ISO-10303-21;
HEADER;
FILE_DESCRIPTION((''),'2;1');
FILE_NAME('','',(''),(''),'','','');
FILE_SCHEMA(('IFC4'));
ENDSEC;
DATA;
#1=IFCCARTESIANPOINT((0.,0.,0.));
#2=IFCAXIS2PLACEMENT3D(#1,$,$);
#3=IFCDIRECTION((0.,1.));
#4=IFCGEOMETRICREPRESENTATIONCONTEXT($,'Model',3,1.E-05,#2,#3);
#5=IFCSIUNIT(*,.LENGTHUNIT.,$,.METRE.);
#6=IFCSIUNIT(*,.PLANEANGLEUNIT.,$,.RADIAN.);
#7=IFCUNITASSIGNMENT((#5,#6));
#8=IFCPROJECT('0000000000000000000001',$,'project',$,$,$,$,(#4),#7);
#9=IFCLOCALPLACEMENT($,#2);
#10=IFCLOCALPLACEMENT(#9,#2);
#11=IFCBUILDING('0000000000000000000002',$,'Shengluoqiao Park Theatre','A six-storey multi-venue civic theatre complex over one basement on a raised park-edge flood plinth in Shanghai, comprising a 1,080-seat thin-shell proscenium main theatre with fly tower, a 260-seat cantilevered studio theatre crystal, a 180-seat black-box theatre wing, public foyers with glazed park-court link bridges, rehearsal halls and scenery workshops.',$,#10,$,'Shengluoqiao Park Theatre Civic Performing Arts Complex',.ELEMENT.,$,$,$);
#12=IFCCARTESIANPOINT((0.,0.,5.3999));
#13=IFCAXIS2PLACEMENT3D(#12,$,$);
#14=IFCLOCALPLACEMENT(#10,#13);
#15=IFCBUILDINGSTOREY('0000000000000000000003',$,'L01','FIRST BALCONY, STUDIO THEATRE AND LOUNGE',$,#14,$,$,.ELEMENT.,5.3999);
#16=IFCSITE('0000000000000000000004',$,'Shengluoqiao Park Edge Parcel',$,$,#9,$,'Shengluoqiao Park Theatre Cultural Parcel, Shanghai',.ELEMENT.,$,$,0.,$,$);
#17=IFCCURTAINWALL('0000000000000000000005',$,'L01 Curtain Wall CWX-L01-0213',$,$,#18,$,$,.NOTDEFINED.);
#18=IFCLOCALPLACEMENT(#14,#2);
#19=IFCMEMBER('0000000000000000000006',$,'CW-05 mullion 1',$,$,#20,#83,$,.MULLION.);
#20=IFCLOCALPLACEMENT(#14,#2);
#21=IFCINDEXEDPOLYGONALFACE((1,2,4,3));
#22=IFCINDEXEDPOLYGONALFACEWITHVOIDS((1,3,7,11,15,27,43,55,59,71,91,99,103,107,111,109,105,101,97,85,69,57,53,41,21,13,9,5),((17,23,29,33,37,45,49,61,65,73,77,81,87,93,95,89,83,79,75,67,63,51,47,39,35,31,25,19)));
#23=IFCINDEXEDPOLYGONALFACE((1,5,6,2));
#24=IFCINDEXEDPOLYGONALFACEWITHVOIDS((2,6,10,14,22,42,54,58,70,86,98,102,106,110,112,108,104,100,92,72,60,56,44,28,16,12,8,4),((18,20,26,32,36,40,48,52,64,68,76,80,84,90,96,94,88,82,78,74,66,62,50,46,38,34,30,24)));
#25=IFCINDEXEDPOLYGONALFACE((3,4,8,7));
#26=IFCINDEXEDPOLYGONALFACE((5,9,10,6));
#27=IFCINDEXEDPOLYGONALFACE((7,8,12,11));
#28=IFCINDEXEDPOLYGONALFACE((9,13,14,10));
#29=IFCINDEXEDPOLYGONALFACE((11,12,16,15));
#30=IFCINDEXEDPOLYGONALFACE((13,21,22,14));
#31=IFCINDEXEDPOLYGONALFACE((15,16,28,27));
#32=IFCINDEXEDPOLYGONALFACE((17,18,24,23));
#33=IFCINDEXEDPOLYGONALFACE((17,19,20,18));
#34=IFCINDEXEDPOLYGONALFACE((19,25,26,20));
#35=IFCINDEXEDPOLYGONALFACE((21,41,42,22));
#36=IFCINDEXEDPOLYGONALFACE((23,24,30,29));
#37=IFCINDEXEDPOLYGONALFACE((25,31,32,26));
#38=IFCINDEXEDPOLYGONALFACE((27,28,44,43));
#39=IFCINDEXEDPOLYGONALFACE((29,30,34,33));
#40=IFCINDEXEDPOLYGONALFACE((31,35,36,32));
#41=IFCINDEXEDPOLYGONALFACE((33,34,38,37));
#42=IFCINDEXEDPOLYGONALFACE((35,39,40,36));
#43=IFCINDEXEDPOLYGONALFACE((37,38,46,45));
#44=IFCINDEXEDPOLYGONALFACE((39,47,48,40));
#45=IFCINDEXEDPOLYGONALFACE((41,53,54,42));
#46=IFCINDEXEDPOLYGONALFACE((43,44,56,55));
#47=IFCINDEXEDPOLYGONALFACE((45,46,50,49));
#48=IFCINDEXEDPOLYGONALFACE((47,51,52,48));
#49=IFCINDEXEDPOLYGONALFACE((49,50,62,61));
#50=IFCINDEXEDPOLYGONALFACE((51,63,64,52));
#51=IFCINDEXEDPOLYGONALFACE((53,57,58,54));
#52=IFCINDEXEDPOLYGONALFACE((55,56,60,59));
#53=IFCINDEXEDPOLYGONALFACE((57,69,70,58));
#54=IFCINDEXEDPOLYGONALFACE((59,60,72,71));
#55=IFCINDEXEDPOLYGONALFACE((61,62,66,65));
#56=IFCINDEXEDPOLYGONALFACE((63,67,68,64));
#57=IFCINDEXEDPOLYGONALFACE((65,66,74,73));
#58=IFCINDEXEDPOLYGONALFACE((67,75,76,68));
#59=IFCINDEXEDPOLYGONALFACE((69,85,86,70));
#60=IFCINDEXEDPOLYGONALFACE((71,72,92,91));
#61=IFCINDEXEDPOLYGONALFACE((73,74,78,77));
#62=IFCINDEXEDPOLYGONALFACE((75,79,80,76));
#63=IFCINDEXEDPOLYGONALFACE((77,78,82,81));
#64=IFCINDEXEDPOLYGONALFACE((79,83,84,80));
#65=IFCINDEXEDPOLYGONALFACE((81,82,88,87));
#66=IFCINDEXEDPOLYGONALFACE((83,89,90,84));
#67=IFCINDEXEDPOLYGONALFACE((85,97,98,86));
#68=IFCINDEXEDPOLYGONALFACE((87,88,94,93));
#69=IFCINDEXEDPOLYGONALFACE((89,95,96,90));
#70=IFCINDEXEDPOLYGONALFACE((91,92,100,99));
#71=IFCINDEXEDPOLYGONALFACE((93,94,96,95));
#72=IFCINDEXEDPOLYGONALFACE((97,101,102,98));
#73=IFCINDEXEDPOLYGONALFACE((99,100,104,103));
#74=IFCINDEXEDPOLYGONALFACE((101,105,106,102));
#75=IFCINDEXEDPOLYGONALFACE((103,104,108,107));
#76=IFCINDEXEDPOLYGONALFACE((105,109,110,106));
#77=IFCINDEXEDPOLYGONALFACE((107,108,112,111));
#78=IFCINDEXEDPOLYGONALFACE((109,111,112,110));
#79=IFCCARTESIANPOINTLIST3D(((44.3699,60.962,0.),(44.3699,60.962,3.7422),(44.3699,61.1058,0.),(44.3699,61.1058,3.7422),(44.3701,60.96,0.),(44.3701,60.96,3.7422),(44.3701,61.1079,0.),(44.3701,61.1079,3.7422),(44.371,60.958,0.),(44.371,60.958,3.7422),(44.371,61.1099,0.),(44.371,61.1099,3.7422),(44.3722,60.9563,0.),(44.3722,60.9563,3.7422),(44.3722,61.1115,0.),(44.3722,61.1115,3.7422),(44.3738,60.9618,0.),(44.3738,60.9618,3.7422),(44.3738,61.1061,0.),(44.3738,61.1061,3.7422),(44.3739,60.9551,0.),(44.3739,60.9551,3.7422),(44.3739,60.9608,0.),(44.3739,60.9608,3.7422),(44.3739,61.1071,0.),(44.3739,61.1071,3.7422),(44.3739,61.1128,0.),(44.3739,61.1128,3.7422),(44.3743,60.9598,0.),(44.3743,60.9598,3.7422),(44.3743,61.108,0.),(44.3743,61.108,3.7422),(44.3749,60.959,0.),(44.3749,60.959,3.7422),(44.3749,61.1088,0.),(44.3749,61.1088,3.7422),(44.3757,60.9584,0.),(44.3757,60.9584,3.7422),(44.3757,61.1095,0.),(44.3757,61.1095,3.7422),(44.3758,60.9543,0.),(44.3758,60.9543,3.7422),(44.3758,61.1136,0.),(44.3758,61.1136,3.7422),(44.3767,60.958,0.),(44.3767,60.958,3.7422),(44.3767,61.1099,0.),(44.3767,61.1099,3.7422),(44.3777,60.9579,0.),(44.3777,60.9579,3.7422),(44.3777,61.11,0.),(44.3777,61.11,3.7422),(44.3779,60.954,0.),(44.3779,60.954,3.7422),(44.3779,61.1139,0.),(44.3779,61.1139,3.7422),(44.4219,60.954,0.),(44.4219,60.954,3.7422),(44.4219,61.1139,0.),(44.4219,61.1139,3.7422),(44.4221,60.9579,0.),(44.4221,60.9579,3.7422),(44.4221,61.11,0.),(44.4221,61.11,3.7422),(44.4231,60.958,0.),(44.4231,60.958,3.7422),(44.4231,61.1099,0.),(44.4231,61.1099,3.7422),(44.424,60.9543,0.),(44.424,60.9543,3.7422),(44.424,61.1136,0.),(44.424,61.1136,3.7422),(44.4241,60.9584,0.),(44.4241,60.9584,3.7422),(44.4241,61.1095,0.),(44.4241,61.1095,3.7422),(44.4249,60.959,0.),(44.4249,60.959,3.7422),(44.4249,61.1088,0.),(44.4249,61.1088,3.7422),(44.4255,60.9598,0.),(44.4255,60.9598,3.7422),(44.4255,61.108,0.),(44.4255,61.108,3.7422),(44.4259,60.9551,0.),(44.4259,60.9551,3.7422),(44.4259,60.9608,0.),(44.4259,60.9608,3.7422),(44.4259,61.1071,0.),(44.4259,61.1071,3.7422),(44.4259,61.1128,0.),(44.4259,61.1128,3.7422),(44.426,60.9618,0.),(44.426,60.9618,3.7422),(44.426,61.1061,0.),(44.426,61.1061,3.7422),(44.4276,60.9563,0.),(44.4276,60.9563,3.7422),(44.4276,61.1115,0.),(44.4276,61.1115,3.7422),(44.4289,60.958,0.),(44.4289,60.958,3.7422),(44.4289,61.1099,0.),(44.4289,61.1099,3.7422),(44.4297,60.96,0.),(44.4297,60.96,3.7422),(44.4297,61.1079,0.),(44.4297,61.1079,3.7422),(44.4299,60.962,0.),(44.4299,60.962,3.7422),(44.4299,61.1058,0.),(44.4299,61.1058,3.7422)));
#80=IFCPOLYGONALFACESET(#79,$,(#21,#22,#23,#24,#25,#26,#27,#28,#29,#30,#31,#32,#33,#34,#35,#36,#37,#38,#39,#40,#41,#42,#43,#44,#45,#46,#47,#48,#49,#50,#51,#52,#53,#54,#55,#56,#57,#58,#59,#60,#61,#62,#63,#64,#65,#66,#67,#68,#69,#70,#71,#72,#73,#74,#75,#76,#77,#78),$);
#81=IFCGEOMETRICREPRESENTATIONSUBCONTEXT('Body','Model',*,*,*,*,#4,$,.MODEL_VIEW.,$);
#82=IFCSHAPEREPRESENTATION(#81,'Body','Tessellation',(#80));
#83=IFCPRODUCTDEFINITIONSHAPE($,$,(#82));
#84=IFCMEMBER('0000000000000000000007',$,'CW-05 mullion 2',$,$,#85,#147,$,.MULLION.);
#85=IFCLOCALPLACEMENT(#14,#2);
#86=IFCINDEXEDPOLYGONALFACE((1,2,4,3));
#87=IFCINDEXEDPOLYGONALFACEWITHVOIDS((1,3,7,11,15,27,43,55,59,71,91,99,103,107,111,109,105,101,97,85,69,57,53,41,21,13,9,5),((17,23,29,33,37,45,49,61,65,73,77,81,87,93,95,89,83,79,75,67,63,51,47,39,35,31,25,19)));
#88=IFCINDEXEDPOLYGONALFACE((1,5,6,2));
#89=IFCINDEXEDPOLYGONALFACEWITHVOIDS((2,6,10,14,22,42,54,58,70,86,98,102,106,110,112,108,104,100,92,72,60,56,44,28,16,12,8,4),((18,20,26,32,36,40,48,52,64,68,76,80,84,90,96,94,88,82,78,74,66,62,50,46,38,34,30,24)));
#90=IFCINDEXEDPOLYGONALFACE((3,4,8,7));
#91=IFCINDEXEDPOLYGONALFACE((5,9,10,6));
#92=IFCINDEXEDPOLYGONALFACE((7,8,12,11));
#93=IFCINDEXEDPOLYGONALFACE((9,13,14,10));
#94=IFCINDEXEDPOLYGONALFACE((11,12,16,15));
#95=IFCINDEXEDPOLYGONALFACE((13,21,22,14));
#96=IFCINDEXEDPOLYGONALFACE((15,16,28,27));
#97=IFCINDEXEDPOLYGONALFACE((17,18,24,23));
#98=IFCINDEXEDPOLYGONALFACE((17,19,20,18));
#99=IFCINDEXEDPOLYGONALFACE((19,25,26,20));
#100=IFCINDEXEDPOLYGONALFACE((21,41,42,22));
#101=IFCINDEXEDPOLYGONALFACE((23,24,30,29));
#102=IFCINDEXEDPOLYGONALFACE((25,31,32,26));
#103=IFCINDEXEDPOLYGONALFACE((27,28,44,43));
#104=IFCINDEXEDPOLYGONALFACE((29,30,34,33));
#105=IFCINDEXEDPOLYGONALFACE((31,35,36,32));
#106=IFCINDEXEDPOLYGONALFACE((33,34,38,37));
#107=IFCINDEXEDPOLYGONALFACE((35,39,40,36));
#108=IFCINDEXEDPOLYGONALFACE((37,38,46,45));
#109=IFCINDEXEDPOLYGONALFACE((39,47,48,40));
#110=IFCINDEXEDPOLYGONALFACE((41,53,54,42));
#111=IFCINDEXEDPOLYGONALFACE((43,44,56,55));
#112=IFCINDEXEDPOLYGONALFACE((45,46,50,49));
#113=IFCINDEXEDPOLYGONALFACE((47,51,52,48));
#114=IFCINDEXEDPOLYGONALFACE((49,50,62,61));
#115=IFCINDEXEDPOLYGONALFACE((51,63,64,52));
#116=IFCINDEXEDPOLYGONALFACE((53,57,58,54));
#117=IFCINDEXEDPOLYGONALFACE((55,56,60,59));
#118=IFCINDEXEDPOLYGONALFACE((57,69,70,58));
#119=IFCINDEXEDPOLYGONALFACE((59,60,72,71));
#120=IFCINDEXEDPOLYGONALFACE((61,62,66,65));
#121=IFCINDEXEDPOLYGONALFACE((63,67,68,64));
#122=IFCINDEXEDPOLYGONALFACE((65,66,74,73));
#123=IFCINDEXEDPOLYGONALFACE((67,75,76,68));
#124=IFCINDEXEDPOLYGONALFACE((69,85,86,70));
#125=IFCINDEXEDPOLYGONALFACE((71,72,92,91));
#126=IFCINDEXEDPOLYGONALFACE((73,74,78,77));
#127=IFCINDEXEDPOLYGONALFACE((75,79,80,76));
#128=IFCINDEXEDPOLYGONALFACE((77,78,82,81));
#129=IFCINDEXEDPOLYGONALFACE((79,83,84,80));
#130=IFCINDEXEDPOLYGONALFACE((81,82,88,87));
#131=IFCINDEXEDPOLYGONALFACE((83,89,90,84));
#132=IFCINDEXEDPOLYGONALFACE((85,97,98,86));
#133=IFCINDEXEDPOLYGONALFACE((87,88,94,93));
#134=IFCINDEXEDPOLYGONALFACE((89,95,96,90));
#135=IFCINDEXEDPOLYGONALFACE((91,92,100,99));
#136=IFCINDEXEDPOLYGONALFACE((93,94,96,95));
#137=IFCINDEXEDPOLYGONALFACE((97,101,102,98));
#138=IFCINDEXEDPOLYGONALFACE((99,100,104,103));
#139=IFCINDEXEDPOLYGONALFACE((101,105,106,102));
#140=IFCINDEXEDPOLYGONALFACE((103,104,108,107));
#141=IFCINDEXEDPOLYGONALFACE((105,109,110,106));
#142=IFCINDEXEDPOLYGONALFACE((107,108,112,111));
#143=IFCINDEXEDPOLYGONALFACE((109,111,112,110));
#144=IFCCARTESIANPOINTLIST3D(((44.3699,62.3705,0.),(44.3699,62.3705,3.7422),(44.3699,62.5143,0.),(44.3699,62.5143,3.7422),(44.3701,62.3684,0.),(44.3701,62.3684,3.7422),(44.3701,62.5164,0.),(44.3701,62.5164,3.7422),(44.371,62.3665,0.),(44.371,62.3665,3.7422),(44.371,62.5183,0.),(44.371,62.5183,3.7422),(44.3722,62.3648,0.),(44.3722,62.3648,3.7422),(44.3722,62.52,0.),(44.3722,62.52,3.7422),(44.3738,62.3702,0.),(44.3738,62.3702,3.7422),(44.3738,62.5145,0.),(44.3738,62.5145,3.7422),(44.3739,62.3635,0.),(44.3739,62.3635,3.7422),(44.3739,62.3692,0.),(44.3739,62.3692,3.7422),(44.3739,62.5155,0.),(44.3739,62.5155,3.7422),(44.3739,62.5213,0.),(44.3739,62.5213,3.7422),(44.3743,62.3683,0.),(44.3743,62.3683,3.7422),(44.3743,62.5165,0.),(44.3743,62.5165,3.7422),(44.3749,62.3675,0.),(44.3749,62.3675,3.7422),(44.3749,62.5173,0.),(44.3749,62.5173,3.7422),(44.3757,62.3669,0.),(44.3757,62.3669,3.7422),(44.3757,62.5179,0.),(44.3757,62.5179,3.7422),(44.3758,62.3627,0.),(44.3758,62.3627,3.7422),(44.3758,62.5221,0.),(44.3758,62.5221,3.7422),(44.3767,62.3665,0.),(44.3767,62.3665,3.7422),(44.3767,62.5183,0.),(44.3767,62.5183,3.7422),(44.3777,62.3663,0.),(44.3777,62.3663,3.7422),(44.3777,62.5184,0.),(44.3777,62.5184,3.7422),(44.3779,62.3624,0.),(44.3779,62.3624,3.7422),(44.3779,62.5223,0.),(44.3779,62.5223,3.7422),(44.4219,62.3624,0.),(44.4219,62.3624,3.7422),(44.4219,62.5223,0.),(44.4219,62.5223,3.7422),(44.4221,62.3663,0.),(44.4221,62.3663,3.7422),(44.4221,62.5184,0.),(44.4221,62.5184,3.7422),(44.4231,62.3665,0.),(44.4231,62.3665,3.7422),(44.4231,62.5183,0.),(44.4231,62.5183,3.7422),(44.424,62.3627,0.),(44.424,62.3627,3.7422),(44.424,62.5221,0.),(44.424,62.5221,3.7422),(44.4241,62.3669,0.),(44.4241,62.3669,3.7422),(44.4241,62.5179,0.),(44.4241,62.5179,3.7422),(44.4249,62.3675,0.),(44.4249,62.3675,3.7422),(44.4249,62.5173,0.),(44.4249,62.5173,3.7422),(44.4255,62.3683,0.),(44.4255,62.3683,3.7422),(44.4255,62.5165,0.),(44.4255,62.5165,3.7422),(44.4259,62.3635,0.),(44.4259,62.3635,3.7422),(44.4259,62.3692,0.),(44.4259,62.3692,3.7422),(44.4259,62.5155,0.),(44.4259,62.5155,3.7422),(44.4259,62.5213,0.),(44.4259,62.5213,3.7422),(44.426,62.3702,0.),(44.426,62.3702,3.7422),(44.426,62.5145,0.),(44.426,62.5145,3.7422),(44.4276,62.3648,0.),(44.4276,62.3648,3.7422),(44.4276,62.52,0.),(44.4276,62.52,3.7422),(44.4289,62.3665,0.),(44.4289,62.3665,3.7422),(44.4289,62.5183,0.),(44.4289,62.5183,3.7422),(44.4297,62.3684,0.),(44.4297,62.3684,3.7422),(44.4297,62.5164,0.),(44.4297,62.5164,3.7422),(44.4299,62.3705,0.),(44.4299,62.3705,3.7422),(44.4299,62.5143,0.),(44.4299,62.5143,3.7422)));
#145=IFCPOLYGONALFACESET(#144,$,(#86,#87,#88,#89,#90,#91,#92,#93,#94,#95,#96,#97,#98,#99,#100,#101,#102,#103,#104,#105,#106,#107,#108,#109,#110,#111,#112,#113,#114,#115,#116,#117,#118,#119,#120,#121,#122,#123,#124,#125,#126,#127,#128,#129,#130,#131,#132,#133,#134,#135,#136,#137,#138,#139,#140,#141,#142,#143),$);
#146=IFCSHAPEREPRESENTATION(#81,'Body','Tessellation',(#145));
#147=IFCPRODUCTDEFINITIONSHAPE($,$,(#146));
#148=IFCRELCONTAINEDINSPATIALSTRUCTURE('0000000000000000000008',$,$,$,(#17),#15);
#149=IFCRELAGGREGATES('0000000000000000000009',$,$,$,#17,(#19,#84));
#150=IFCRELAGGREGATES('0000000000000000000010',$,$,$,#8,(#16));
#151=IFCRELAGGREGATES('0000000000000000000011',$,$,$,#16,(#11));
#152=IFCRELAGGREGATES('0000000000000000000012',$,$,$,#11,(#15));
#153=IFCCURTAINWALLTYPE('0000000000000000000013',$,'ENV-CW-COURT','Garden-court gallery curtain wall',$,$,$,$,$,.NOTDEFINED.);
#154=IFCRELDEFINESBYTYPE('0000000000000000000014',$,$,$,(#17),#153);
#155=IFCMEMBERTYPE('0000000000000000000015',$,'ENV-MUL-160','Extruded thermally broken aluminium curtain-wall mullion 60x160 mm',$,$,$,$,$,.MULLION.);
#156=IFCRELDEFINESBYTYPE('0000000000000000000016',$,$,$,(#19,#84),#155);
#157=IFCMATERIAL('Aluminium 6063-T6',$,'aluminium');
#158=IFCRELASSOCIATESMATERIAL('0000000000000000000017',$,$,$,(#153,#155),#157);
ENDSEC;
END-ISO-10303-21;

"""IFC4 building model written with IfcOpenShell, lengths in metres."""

from ifc_helpers import new_model, si_unit, direction, frame, origin, origin_2d, place, context, subcontext, project, spatial, hollow_rectangle, extrude, material, material_profile, profile_set, type_object, element, aggregate, save


model = new_model("IFC4")

# Units and contexts
model_context = context("Model", 3, precision=1e-05, world=origin(), true_north=direction((0.0, 1.0)))
body_context = subcontext(model_context, "Body", "Model", "MODEL_VIEW")
ifc_project = project(units=[si_unit("LENGTHUNIT", "METRE"), si_unit("PLANEANGLEUNIT", "RADIAN")], contexts=[model_context])

# Site, building, storey
site_placement = place(None, origin())
site = spatial("IfcSite", under=ifc_project, at=site_placement, Name="Shengluoqiao Park Edge Parcel", LongName="Shengluoqiao Park Theatre Cultural Parcel, Shanghai", CompositionType="ELEMENT", RefElevation=0.0)
building_placement = place(site_placement, origin())
building = spatial("IfcBuilding", under=site, at=building_placement, Name="Shengluoqiao Park Theatre", Description="A six-storey multi-venue civic theatre complex over one basement on a raised park-edge flood plinth in Shanghai, comprising a 1,080-seat thin-shell proscenium main theatre with fly tower, a 260-seat cantilevered studio theatre crystal, a 180-seat black-box theatre wing, public foyers with glazed park-court link bridges, rehearsal halls and scenery workshops.", LongName="Shengluoqiao Park Theatre Civic Performing Arts Complex", CompositionType="ELEMENT")
storey_placement = place(building_placement, frame((0.0, 0.0, 5.3999)))
storey = spatial("IfcBuildingStorey", under=building, at=storey_placement, Name="L01", Description="FIRST BALCONY, STUDIO THEATRE AND LOUNGE", CompositionType="ELEMENT", Elevation=5.3999)

# Curtain wall, members
ifc_material_1 = material(Name="Aluminium 6063-T6", Category="aluminium")
curtain_wall_type = type_object("IfcCurtainWallType", Name="ENV-CW-COURT", Description="Garden-court gallery curtain wall", PredefinedType="NOTDEFINED", material=ifc_material_1)
curtain_wall_placement = place(storey_placement, origin())
curtain_wall = element("IfcCurtainWall", 1, at=curtain_wall_placement, inside=storey, type_object=curtain_wall_type, Name="L01 Curtain Wall CWX-L01-0213", PredefinedType="NOTDEFINED")
ifc_material_profile_1 = material_profile(ifc_material_1, hollow_rectangle(XDim=0.0601, YDim=0.1599, WallThickness=0.0039, InnerFilletRadius=0.0039, OuterFilletRadius=0.0081, at=origin_2d()), Name="ALU MULLION 160x60x4")
ifc_profile_set_1 = profile_set([ifc_material_profile_1], Name="Aluminium 6063-T6")
member_type_1 = type_object("IfcMemberType", Name="ENV-MUL-160", Description="Extruded thermally broken aluminium curtain-wall mullion 60x160 mm", PredefinedType="MULLION", material=ifc_profile_set_1)
member_1_placement = place(storey_placement, frame((44.3999, 61.0339, 0.0), z_axis=(0.0, 0.0, 1.0), x_axis=(-1.0, 0.0, 0.0)))
member_1 = element("IfcMember", 2, at=member_1_placement, type_object=member_type_1, Name="CW-05 mullion 1", PredefinedType="MULLION", context=body_context, shape_type="SweptSolid", body=[
    extrude(hollow_rectangle(XDim=0.0601, YDim=0.1599, WallThickness=0.0039, InnerFilletRadius=0.0039, OuterFilletRadius=0.0081, at=origin_2d()), origin(), (0.0, 0.0, 1.0), 3.7422),
])
member_2_placement = place(storey_placement, frame((44.3999, 62.4424, 0.0), z_axis=(0.0, 0.0, 1.0), x_axis=(-1.0, 0.0, 0.0)))
member_2 = element("IfcMember", 3, at=member_2_placement, type_object=member_type_1, Name="CW-05 mullion 2", PredefinedType="MULLION", context=body_context, shape_type="SweptSolid", body=[
    extrude(hollow_rectangle(XDim=0.0601, YDim=0.1599, WallThickness=0.0039, InnerFilletRadius=0.0039, OuterFilletRadius=0.0081, at=origin_2d()), origin(), (0.0, 0.0, 1.0), 3.7422),
])

aggregate(curtain_wall, [member_1, member_2])

save(model, "model.ifc")
